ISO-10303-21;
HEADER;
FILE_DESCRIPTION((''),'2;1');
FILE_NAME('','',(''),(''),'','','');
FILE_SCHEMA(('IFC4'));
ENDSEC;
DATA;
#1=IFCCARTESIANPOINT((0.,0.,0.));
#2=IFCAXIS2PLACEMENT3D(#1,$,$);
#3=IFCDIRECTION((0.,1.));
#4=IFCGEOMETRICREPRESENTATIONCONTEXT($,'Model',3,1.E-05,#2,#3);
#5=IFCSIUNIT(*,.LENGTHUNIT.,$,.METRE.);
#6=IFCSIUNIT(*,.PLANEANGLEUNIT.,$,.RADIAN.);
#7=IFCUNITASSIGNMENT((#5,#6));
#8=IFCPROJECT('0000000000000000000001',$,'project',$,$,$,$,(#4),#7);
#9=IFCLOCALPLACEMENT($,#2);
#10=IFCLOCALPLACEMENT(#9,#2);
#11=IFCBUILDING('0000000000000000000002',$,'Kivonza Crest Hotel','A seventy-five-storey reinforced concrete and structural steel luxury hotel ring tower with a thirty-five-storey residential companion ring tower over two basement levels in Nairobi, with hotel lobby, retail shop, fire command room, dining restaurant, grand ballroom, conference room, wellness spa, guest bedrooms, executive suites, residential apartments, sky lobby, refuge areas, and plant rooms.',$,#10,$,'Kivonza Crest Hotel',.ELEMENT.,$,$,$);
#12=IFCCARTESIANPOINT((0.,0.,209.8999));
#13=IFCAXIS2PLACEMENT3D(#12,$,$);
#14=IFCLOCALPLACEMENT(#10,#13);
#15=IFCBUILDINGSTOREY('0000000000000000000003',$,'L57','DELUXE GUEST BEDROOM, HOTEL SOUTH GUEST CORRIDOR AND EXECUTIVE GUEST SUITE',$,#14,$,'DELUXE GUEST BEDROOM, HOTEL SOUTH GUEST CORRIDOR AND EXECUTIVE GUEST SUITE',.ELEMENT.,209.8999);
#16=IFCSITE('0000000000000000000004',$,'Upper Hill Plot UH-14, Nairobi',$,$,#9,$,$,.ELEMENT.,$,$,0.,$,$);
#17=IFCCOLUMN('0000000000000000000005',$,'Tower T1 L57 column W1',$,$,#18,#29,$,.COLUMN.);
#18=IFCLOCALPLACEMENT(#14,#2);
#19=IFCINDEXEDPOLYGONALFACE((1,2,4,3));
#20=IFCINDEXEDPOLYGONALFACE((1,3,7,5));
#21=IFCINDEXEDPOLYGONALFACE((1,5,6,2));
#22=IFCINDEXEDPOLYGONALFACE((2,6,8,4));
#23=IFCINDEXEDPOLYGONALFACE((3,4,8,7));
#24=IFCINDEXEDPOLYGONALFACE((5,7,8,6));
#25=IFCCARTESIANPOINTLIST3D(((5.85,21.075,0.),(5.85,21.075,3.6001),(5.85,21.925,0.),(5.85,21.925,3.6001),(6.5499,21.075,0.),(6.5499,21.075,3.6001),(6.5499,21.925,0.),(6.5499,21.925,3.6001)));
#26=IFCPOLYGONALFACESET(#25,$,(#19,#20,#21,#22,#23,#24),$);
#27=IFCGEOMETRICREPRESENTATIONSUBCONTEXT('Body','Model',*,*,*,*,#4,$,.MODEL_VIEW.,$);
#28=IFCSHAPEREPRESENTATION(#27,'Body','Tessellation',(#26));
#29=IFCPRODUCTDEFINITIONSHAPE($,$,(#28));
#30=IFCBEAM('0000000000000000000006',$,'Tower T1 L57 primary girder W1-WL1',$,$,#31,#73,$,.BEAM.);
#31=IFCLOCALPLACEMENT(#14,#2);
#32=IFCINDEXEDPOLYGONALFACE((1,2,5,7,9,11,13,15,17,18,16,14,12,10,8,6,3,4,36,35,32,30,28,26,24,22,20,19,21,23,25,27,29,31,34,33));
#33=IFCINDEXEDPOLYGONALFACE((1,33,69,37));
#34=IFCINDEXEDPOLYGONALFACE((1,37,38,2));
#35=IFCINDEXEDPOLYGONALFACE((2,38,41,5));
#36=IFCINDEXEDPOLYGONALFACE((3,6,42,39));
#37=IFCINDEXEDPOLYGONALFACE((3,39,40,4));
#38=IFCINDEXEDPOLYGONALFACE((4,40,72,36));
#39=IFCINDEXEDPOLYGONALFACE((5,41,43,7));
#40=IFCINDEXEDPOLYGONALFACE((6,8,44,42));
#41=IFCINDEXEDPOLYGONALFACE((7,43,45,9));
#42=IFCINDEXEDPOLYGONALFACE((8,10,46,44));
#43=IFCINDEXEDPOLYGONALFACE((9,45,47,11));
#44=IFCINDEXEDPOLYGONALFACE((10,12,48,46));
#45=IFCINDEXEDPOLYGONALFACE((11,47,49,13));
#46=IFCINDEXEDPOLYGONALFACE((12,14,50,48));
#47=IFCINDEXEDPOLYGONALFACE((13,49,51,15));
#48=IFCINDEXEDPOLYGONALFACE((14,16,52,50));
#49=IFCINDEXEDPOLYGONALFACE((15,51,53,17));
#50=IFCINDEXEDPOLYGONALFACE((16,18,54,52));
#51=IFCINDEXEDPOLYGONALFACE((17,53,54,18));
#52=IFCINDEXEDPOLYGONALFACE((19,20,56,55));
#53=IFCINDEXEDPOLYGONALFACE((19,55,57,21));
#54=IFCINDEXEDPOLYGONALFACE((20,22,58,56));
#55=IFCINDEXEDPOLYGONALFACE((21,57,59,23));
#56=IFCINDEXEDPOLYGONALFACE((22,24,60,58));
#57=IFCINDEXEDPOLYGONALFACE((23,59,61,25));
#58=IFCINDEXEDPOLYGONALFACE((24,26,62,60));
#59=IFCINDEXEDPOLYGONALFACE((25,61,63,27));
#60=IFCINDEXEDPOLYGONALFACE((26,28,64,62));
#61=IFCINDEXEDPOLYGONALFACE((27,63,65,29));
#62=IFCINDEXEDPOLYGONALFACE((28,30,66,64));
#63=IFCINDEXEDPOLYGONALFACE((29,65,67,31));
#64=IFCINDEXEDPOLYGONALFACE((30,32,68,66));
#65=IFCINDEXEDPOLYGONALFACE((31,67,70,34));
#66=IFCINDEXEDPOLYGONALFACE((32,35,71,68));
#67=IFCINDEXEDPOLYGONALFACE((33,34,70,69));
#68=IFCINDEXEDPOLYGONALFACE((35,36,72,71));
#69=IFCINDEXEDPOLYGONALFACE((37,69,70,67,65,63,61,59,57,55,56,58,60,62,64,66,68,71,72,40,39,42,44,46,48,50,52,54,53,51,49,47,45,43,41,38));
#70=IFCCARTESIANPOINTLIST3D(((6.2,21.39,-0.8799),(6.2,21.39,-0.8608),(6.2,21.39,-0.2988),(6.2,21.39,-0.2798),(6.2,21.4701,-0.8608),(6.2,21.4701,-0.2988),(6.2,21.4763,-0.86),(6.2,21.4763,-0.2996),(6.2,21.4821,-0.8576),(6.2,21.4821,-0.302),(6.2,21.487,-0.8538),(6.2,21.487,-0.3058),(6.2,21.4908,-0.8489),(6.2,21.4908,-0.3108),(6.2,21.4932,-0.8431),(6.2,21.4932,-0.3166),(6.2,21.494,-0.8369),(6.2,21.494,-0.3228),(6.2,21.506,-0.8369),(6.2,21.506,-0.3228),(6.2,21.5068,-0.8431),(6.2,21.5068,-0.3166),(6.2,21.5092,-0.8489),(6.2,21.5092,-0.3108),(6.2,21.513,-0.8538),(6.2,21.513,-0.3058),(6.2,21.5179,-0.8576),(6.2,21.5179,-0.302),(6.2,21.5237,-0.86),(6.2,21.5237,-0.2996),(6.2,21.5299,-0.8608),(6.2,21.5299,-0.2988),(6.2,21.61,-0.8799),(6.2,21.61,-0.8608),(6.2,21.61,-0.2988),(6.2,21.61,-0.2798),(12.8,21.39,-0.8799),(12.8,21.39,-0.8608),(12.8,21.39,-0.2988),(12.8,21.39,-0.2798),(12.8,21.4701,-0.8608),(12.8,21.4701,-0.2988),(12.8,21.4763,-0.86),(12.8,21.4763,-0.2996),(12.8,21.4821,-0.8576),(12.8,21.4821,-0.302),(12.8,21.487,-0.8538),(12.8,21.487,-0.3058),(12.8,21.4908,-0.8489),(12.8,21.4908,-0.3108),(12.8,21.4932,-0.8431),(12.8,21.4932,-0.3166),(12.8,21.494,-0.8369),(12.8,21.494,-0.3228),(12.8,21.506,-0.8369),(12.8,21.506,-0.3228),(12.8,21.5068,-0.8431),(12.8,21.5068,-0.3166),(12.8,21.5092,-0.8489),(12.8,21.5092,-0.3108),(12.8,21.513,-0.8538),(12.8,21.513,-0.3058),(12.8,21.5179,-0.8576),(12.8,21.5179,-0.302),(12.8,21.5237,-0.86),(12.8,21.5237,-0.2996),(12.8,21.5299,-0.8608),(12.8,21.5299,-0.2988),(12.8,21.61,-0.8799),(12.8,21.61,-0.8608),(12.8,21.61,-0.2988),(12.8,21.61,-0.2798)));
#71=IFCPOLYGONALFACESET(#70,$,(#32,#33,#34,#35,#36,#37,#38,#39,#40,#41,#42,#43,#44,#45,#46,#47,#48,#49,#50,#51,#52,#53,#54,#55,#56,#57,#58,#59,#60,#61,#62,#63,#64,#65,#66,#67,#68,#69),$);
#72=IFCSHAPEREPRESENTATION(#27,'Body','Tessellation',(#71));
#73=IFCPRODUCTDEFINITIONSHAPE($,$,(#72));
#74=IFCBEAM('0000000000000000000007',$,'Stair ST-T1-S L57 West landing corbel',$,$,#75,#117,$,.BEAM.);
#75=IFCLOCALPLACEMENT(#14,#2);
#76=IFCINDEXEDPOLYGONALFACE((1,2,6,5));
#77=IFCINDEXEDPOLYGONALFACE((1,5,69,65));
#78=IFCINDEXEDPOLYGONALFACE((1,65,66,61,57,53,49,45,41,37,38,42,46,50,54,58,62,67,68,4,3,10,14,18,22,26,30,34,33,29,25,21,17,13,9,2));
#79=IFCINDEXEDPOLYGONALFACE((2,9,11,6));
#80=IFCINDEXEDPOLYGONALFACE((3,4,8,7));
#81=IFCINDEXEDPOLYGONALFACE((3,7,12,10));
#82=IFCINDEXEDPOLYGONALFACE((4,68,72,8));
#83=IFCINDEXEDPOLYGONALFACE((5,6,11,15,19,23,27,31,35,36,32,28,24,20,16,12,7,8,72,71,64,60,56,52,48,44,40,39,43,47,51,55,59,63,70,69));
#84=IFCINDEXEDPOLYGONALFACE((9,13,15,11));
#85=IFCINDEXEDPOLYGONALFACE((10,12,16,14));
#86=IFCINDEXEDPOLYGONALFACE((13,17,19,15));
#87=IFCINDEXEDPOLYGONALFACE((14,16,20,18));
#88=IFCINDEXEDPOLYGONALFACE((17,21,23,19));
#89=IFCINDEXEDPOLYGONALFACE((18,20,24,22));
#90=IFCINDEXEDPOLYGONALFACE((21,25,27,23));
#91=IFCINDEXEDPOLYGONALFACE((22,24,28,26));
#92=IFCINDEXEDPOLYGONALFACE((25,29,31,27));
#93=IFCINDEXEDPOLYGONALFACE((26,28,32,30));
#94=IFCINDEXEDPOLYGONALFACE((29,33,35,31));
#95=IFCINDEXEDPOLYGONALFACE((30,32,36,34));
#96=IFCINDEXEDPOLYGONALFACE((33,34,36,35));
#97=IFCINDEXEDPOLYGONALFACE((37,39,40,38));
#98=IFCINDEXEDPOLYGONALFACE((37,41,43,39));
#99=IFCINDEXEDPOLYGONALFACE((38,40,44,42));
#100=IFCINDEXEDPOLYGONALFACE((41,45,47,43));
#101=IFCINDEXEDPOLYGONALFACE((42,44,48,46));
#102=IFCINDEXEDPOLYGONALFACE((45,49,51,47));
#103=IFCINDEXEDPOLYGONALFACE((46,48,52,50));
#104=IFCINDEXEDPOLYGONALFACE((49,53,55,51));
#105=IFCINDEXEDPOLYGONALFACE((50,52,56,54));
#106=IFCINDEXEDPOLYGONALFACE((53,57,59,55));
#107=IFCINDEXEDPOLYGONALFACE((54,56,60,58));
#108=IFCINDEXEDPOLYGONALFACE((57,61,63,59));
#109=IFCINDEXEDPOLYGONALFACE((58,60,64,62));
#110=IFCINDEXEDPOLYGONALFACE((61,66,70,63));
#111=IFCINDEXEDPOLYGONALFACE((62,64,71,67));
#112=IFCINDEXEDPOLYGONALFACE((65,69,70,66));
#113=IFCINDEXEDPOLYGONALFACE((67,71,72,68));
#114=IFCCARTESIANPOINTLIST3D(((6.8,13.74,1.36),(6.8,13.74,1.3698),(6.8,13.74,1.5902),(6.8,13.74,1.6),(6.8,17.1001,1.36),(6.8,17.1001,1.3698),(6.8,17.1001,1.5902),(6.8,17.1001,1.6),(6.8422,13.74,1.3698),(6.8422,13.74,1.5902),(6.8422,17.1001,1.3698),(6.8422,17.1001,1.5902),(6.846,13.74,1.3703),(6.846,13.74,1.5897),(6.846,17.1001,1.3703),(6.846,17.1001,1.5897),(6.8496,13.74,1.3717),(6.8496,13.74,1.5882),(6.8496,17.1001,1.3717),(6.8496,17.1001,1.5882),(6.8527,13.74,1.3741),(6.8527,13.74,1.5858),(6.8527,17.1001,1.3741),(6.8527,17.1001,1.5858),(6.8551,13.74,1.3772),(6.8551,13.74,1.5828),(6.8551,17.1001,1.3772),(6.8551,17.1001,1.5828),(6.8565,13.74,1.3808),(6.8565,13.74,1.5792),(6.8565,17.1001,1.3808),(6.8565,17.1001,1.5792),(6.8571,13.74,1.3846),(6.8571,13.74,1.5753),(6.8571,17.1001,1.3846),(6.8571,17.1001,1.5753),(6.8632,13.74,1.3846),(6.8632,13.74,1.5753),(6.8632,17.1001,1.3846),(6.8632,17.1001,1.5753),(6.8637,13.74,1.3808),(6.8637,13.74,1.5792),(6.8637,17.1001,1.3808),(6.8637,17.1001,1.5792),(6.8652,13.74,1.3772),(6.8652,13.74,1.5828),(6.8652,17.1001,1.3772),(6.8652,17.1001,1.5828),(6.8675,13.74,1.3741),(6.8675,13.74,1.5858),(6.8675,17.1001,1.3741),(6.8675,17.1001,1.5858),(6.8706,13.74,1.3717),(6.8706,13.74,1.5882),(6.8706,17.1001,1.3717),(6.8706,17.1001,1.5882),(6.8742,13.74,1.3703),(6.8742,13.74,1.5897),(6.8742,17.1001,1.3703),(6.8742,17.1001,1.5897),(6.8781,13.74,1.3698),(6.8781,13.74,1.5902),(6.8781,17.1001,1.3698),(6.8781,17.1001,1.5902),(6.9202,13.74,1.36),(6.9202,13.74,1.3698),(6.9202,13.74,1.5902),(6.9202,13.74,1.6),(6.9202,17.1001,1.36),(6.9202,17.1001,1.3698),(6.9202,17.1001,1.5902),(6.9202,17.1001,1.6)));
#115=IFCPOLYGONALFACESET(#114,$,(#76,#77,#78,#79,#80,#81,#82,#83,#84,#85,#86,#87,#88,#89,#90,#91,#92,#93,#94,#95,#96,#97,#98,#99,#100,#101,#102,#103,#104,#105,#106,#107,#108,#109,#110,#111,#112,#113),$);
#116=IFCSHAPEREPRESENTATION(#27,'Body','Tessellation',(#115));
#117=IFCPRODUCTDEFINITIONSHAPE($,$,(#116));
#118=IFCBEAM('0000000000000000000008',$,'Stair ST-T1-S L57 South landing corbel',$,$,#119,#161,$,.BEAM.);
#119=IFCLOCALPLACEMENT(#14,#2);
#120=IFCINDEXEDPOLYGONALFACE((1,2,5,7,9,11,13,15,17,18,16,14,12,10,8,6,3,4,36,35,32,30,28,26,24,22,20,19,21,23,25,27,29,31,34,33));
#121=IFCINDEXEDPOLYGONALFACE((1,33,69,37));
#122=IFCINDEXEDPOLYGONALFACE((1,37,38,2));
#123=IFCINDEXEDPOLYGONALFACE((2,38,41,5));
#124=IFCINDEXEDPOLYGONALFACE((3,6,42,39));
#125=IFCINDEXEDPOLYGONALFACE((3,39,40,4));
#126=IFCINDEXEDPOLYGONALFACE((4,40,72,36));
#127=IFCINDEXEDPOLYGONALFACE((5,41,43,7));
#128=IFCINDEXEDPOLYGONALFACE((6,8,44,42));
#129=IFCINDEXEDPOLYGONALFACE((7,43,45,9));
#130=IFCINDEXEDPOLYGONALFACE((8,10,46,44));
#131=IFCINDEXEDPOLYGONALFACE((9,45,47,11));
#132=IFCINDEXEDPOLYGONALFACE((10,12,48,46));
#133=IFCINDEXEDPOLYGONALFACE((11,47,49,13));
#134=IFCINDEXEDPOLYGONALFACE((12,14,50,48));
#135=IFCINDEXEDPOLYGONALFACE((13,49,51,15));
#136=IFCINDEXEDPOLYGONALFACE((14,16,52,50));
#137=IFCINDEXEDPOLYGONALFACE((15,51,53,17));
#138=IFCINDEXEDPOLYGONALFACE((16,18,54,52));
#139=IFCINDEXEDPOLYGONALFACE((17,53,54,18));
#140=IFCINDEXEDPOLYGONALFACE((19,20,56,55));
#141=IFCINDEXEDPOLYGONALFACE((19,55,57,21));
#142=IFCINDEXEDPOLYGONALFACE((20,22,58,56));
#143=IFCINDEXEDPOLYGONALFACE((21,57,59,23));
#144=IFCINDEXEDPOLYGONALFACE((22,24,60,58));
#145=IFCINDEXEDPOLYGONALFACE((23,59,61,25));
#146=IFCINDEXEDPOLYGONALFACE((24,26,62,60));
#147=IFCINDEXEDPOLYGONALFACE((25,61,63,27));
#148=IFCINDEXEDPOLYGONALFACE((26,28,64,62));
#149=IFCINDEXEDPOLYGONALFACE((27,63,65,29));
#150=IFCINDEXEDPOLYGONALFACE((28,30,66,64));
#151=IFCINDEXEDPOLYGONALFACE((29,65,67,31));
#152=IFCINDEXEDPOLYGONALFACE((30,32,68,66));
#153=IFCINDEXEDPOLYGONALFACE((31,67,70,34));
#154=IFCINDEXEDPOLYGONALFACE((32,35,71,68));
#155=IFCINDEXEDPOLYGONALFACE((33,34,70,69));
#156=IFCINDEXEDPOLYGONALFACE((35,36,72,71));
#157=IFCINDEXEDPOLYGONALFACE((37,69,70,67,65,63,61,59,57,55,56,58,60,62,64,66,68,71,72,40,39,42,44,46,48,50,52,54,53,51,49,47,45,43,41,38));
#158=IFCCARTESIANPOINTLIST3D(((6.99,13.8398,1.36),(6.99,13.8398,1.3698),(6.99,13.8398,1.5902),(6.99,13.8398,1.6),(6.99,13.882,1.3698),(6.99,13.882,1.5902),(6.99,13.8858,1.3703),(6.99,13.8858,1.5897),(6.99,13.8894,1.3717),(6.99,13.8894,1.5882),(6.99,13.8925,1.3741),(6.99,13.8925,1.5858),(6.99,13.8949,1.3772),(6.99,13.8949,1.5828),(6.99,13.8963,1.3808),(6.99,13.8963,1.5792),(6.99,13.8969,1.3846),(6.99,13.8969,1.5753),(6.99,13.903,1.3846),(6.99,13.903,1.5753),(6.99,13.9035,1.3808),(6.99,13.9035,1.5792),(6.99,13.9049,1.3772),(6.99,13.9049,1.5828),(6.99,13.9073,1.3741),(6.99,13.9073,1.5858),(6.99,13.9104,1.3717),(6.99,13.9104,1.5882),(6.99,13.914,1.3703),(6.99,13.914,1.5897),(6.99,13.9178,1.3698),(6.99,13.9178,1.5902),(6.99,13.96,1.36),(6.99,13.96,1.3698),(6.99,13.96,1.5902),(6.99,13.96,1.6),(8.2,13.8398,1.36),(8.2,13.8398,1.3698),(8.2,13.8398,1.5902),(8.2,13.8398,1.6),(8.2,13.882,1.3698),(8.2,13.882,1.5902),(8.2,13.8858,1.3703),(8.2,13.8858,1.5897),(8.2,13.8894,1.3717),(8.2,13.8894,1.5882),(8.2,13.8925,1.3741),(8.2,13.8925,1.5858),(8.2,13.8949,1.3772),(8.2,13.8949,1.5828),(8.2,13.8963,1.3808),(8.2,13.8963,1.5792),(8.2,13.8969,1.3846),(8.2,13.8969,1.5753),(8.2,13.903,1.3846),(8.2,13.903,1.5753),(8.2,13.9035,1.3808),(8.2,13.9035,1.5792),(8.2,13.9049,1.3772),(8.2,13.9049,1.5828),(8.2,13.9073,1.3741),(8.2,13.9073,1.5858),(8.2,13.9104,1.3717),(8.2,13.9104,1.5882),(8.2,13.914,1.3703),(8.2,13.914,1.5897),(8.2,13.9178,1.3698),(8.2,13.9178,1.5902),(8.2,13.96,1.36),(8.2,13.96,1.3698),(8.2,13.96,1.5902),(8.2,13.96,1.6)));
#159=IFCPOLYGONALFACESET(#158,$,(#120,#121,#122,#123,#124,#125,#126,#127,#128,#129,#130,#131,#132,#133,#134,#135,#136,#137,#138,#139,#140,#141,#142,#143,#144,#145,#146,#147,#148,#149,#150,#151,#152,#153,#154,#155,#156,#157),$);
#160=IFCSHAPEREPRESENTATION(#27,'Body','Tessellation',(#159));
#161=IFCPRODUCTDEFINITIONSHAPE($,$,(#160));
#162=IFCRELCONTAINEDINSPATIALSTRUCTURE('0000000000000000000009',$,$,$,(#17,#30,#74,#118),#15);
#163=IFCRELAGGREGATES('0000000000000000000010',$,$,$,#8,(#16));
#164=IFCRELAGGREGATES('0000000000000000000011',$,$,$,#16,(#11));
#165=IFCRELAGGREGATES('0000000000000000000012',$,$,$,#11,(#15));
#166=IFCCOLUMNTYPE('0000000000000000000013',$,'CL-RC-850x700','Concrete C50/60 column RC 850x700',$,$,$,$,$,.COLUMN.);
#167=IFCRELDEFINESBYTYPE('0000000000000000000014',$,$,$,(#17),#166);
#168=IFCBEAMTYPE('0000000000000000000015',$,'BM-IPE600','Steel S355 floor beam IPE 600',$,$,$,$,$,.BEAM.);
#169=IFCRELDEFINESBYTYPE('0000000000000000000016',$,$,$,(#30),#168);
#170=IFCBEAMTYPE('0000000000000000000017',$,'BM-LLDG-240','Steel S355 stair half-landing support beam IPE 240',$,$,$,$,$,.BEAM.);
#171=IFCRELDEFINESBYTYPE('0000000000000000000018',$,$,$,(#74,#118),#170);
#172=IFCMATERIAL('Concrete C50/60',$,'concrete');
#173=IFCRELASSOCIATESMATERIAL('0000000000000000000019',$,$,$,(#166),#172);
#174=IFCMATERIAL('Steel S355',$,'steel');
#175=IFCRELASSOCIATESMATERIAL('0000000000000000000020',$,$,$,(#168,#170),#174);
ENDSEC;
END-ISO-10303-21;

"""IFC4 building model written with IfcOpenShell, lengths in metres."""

from ifc_helpers import new_model, si_unit, direction, frame, origin, origin_2d, place, context, subcontext, project, spatial, rectangle, i_section, extrude, material, material_profile, profile_set, type_object, element, save


model = new_model("IFC4")

# Units and contexts
model_context = context("Model", 3, precision=1e-05, world=origin(), true_north=direction((0.0, 1.0)))
body_context = subcontext(model_context, "Body", "Model", "MODEL_VIEW")
ifc_project = project(units=[si_unit("LENGTHUNIT", "METRE"), si_unit("PLANEANGLEUNIT", "RADIAN")], contexts=[model_context])

# Site, building, storey
site_placement = place(None, origin())
site = spatial("IfcSite", under=ifc_project, at=site_placement, Name="Upper Hill Plot UH-14, Nairobi", CompositionType="ELEMENT", RefElevation=0.0)
building_placement = place(site_placement, origin())
building = spatial("IfcBuilding", under=site, at=building_placement, Name="Kivonza Crest Hotel", Description="A seventy-five-storey reinforced concrete and structural steel luxury hotel ring tower with a thirty-five-storey residential companion ring tower over two basement levels in Nairobi, with hotel lobby, retail shop, fire command room, dining restaurant, grand ballroom, conference room, wellness spa, guest bedrooms, executive suites, residential apartments, sky lobby, refuge areas, and plant rooms.", LongName="Kivonza Crest Hotel", CompositionType="ELEMENT")
storey_placement = place(building_placement, frame((0.0, 0.0, 209.8999)))
storey = spatial("IfcBuildingStorey", under=building, at=storey_placement, Name="L57", Description="DELUXE GUEST BEDROOM, HOTEL SOUTH GUEST CORRIDOR AND EXECUTIVE GUEST SUITE", LongName="DELUXE GUEST BEDROOM, HOTEL SOUTH GUEST CORRIDOR AND EXECUTIVE GUEST SUITE", CompositionType="ELEMENT", Elevation=209.8999)

# Column
ifc_material_1 = material(Name="Concrete C50/60", Category="concrete")
ifc_material_profile_1 = material_profile(ifc_material_1, rectangle(XDim=0.7, YDim=0.8501, at=origin_2d()), Name="RC 850x700")
ifc_profile_set_1 = profile_set([ifc_material_profile_1], Name="Concrete C50/60")
column_type = type_object("IfcColumnType", Name="CL-RC-850x700", Description="Concrete C50/60 column RC 850x700", PredefinedType="COLUMN", material=ifc_profile_set_1)
column_placement = place(storey_placement, frame((6.2, 21.5, 0.0), z_axis=(0.0, 0.0, 1.0), x_axis=(1.0, 0.0, 0.0)))
element("IfcColumn", 1, at=column_placement, inside=storey, type_object=column_type, Name="Tower T1 L57 column W1", PredefinedType="COLUMN", context=body_context, shape_type="SweptSolid", body=[
    extrude(rectangle(XDim=0.7, YDim=0.8501, at=origin_2d()), origin(), (0.0, 0.0, 1.0), 3.6001),
])

# Beams
ifc_material_2 = material(Name="Steel S355", Category="steel")
ifc_material_profile_2 = material_profile(ifc_material_2, i_section(OverallWidth=0.22, OverallDepth=0.6001, WebThickness=0.012, FlangeThickness=0.019, FilletRadius=0.0239, at=origin_2d()), Name="IPE 600")
ifc_profile_set_2 = profile_set([ifc_material_profile_2], Name="Steel S355")
beam_type_1 = type_object("IfcBeamType", Name="BM-IPE600", Description="Steel S355 floor beam IPE 600", PredefinedType="BEAM", material=ifc_profile_set_2)
beam_1_placement = place(storey_placement, frame((6.2, 21.5, -0.5798), z_axis=(1.0, 0.0, 0.0), x_axis=(0.0, 1.0, 0.0)))
element("IfcBeam", 2, at=beam_1_placement, inside=storey, type_object=beam_type_1, Name="Tower T1 L57 primary girder W1-WL1", PredefinedType="BEAM", context=body_context, shape_type="SweptSolid", body=[
    extrude(i_section(OverallWidth=0.22, OverallDepth=0.6001, WebThickness=0.012, FlangeThickness=0.019, FilletRadius=0.0239, at=origin_2d()), origin(), (0.0, 0.0, 1.0), 6.6001),
])
ifc_material_profile_3 = material_profile(ifc_material_2, i_section(OverallWidth=0.1201, OverallDepth=0.24, WebThickness=0.0061, FlangeThickness=0.0098, FilletRadius=0.0149, at=origin_2d()), Name="IPE 240")
ifc_profile_set_3 = profile_set([ifc_material_profile_3], Name="Steel S355")
beam_type_2 = type_object("IfcBeamType", Name="BM-LLDG-240", Description="Steel S355 stair half-landing support beam IPE 240", PredefinedType="BEAM", material=ifc_profile_set_3)
beam_2_placement = place(storey_placement, frame((6.8601, 13.74, 1.48), z_axis=(0.0, 1.0, 0.0), x_axis=(-1.0, 0.0, 0.0)))
element("IfcBeam", 3, at=beam_2_placement, inside=storey, type_object=beam_type_2, Name="Stair ST-T1-S L57 West landing corbel", PredefinedType="BEAM", context=body_context, shape_type="SweptSolid", body=[
    extrude(i_section(OverallWidth=0.1201, OverallDepth=0.24, WebThickness=0.0061, FlangeThickness=0.0098, FilletRadius=0.0149, at=origin_2d()), origin(), (0.0, 0.0, 1.0), 3.3601),
])
for number, where, z_axis, x_axis, name in (
    (4, (6.99, 13.8999, 1.48), (1.0, 0.0, 0.0), (0.0, 1.0, 0.0), "Stair ST-T1-S L57 South landing corbel"),
):
    element("IfcBeam", number, at=place(storey_placement, frame(where, z_axis=z_axis, x_axis=x_axis)), inside=storey, type_object=beam_type_2, Name=name, PredefinedType="BEAM", context=body_context, shape_type="SweptSolid", body=[
        extrude(i_section(OverallWidth=0.1201, OverallDepth=0.24, WebThickness=0.0061, FlangeThickness=0.0098, FilletRadius=0.0149, at=origin_2d()), origin(), (0.0, 0.0, 1.0), 1.21),
    ])

save(model, "model.ifc")
